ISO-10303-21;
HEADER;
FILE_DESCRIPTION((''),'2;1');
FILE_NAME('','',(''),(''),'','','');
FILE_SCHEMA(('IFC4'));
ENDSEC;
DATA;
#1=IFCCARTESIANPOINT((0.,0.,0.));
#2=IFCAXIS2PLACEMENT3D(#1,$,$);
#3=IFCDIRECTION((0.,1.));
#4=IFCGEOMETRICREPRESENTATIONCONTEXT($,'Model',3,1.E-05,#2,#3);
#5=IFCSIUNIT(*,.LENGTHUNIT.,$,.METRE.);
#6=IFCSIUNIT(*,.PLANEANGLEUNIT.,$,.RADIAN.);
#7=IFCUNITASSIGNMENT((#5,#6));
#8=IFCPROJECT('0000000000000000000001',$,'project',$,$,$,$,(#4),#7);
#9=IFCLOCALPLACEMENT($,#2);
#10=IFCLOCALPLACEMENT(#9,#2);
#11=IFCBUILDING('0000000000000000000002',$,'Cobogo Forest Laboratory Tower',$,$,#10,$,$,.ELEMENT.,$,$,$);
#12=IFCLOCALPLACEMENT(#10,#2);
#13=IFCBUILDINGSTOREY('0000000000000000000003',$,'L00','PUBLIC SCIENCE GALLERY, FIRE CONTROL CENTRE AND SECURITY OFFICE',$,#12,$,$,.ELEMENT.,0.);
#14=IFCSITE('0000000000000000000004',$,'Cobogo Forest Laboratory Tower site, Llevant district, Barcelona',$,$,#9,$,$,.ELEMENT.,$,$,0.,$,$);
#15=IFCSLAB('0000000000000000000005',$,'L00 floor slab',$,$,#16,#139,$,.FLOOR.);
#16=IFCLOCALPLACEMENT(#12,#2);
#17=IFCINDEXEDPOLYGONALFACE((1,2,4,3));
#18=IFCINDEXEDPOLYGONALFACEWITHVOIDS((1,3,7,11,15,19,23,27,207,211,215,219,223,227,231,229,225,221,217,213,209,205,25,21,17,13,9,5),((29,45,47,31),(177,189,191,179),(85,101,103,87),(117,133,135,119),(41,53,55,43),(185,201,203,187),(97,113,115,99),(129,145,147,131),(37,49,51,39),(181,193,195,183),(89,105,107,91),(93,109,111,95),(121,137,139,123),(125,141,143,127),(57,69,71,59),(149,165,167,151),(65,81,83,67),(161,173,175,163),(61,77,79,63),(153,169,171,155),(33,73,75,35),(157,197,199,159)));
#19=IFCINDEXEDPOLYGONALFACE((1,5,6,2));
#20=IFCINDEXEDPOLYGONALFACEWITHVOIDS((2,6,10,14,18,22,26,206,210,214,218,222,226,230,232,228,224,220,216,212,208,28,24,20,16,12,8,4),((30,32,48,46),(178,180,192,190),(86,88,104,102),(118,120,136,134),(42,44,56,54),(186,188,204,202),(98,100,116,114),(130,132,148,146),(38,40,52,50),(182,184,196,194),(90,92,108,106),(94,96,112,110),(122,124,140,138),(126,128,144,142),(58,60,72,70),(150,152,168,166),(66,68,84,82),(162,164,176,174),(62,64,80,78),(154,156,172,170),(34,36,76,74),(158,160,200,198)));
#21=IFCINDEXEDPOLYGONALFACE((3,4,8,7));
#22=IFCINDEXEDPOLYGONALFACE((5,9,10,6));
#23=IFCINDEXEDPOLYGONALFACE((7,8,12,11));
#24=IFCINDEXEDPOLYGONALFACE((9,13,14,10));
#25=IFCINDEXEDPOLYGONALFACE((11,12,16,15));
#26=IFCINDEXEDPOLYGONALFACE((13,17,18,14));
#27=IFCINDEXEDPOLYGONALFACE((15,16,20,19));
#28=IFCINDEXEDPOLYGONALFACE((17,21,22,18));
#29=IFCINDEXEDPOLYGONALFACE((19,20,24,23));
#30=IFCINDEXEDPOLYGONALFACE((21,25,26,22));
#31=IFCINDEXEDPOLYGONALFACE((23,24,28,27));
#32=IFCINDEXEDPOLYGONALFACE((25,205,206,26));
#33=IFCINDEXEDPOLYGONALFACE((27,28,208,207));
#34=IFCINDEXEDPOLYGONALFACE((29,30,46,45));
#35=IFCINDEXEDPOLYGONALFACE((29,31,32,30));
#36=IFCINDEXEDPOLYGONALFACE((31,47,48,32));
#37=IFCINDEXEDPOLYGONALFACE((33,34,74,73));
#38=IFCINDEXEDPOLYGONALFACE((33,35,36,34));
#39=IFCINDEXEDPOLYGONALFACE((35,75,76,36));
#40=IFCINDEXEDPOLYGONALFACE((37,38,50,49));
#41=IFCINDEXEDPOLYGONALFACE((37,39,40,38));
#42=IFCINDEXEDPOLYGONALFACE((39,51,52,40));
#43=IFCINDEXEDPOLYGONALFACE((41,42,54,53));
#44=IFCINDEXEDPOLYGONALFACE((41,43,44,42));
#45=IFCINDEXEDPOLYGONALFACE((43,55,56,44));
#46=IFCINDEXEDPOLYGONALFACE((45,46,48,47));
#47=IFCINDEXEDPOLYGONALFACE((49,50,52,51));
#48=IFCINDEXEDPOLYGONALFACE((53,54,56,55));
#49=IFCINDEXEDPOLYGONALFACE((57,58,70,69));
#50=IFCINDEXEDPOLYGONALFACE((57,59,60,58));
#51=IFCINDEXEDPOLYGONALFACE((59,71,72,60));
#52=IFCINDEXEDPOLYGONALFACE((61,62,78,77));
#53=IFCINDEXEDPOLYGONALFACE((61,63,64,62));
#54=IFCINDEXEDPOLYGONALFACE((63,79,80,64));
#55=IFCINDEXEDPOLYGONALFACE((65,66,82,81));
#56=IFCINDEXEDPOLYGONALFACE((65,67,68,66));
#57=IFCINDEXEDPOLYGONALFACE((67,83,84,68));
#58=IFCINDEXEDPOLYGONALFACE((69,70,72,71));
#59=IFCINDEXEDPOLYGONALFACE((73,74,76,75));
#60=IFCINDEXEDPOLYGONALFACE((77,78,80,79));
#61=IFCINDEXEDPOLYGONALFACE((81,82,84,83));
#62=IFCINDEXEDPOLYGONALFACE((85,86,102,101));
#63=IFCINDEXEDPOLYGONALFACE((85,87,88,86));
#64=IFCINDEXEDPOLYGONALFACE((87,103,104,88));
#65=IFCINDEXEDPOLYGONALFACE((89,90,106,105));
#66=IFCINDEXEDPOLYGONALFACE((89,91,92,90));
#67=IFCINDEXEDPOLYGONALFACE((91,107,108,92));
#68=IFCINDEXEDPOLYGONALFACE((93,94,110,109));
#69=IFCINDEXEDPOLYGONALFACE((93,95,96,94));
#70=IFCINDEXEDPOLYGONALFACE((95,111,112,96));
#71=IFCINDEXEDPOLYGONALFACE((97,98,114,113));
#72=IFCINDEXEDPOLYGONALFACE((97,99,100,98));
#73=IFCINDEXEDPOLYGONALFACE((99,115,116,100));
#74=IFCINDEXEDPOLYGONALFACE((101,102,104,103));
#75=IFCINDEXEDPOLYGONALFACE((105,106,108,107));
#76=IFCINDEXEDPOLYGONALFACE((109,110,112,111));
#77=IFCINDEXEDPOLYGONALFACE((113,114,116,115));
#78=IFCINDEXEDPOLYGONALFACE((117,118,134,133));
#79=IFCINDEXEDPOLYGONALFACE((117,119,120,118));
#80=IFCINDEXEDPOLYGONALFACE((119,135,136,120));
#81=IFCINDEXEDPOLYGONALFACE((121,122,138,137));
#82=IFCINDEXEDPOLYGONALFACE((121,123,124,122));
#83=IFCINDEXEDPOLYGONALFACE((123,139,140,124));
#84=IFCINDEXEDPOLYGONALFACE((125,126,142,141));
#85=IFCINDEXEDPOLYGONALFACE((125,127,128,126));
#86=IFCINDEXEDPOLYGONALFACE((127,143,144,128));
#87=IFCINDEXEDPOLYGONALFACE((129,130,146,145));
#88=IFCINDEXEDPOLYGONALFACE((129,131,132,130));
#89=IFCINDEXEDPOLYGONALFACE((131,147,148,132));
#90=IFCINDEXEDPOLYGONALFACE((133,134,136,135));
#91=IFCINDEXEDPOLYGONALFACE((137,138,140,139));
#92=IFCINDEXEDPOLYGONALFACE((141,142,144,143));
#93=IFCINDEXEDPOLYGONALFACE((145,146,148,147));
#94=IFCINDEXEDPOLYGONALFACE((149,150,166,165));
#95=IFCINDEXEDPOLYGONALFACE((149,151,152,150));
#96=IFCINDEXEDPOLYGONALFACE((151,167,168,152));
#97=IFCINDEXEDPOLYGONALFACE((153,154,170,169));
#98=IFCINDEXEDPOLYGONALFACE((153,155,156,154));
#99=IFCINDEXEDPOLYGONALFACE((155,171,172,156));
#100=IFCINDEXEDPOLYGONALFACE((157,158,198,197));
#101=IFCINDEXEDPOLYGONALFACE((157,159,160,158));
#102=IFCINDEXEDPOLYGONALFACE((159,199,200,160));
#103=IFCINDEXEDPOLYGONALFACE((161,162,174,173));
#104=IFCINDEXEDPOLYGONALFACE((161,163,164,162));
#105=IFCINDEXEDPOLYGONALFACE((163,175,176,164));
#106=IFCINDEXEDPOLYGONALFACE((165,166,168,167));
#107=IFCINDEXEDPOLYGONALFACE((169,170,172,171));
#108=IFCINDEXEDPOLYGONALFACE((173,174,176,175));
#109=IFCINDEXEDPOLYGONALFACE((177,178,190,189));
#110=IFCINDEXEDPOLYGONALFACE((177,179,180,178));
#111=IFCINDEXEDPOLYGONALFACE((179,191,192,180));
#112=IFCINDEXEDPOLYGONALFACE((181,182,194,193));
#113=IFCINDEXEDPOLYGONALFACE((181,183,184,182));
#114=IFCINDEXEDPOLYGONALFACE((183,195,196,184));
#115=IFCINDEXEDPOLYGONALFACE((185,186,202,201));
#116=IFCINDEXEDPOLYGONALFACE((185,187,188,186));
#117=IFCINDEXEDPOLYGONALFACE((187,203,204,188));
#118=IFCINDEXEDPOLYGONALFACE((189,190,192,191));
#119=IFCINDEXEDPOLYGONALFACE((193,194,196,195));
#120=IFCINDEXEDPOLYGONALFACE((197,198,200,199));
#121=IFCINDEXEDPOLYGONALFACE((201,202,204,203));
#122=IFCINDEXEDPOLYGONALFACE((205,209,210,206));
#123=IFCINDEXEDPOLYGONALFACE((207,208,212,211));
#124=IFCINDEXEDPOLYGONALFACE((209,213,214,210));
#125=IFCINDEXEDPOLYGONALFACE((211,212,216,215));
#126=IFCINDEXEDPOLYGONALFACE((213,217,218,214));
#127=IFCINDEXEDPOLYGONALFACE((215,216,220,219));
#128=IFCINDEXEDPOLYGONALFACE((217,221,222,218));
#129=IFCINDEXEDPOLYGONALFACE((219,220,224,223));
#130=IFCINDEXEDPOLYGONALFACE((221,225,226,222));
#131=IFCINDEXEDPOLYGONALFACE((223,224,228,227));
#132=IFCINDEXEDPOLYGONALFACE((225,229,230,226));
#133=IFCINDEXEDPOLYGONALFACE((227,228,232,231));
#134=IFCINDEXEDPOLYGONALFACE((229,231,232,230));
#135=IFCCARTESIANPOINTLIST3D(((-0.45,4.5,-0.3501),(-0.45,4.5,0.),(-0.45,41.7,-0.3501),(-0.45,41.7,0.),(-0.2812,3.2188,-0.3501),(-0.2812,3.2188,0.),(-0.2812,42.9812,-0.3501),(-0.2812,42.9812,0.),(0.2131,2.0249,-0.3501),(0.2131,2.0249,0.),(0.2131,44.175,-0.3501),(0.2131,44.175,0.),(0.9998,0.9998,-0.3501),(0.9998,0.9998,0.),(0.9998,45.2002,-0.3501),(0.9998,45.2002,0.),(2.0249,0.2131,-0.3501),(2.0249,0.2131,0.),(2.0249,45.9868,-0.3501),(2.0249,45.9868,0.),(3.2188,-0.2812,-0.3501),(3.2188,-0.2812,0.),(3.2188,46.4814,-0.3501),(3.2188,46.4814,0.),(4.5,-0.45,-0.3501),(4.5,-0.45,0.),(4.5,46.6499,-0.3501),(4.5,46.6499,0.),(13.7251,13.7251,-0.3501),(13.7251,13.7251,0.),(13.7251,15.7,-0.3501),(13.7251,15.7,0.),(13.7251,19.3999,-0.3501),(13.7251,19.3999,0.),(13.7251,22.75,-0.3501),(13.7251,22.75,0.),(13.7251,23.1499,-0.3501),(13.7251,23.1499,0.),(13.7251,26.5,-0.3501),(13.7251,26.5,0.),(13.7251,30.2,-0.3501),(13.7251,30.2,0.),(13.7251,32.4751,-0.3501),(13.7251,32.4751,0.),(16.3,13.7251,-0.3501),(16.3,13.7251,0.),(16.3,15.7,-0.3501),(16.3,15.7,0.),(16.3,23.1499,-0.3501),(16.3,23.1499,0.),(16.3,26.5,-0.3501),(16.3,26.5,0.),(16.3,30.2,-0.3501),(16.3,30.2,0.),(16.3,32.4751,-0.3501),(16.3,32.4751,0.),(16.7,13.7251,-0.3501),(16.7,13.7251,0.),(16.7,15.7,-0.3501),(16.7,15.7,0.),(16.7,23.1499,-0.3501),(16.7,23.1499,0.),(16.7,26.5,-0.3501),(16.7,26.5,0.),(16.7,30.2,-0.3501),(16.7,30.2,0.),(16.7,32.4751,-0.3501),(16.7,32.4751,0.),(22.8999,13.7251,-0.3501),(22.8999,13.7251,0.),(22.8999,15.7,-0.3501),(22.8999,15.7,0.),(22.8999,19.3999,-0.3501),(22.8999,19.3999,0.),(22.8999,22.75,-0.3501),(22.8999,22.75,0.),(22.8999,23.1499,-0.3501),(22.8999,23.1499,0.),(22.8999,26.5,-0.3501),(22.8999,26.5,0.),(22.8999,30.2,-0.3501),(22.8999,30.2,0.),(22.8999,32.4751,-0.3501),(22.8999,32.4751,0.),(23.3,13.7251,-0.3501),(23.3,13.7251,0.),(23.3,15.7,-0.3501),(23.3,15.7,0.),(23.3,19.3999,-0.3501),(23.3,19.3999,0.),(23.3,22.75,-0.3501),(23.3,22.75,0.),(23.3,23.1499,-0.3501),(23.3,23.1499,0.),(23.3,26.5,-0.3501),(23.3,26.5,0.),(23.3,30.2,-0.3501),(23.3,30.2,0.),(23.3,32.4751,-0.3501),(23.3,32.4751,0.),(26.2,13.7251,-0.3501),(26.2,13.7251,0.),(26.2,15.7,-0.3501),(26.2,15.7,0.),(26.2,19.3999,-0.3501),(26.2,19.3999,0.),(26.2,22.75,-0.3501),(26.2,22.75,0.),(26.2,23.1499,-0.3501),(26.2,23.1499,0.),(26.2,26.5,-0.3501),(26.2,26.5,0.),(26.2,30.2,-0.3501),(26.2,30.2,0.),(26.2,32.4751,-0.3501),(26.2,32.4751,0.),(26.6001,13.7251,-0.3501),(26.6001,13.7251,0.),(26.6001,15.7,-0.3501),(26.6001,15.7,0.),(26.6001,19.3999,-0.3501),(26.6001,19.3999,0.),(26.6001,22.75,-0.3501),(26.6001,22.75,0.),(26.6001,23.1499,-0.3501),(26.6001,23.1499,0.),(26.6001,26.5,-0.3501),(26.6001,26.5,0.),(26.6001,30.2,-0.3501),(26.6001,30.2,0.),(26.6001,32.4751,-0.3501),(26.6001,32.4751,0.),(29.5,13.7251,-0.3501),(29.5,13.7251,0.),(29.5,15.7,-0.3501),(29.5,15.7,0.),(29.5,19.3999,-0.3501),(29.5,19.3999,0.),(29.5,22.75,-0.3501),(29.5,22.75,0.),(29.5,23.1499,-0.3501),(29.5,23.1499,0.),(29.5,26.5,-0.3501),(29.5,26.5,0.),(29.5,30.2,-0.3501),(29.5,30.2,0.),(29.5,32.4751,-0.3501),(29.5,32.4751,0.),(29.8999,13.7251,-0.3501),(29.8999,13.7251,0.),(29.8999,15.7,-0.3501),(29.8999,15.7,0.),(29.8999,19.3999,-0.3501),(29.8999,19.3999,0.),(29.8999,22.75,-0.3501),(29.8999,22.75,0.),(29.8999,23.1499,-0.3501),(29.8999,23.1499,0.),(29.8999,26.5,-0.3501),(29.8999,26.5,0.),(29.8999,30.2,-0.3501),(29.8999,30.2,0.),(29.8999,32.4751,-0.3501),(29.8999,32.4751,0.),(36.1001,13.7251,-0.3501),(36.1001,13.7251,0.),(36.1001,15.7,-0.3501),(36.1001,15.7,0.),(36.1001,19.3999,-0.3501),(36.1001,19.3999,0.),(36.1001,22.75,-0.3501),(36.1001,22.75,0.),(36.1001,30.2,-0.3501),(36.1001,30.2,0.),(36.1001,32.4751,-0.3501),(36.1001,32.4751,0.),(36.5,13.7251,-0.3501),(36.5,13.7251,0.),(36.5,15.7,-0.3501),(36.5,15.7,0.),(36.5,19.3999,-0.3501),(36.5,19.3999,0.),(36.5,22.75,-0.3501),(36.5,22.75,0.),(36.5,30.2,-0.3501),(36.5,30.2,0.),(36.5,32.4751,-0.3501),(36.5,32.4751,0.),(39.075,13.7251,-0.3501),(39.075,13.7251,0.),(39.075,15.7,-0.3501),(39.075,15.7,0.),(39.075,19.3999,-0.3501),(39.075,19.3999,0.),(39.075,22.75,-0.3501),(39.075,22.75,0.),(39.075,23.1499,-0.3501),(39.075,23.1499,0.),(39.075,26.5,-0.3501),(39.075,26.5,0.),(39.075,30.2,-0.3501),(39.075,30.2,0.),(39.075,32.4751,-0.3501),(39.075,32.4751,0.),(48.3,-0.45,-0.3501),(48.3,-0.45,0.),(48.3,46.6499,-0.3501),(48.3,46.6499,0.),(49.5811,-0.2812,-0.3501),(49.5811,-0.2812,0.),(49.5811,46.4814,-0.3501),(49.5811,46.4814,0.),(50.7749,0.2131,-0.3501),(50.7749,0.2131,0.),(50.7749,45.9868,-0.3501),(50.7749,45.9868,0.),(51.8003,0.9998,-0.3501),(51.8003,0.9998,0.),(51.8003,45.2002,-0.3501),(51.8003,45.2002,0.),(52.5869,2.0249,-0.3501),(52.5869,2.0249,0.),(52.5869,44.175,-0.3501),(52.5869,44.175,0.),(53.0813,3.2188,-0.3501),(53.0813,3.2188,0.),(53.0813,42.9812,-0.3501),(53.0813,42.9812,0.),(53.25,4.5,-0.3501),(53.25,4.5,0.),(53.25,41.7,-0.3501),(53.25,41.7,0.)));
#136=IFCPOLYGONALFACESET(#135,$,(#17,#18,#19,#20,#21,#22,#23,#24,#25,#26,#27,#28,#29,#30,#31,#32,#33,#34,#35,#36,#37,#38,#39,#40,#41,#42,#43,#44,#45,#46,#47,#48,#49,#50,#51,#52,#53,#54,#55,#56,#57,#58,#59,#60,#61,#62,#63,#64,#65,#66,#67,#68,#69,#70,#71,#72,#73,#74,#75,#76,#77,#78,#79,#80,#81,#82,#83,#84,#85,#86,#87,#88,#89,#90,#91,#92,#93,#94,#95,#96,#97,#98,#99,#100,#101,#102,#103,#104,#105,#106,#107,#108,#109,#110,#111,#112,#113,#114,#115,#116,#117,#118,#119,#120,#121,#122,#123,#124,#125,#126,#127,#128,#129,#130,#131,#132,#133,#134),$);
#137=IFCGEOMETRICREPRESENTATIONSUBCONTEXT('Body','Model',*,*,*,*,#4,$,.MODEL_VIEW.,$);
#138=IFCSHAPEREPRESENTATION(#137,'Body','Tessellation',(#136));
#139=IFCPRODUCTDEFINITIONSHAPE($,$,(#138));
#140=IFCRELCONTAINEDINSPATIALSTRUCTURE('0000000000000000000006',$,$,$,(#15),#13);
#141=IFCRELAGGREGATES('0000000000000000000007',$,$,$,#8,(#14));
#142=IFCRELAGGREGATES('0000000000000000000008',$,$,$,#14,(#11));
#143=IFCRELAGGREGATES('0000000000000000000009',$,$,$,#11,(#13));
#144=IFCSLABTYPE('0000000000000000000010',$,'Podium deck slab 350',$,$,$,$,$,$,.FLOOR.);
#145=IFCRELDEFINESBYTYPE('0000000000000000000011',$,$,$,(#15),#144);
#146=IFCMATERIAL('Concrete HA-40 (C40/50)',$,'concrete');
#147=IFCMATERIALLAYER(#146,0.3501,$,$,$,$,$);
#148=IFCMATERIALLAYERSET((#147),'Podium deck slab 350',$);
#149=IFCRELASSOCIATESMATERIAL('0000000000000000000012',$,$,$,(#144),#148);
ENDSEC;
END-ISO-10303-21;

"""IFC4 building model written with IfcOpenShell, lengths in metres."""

from ifc_helpers import new_model, si_unit, direction, frame, origin, place, context, subcontext, project, spatial, polyline, outline, extrude, material, layer, layer_set, type_object, element, save


model = new_model("IFC4")

# Units and contexts
model_context = context("Model", 3, precision=1e-05, world=origin(), true_north=direction((0.0, 1.0)))
body_context = subcontext(model_context, "Body", "Model", "MODEL_VIEW")
ifc_project = project(units=[si_unit("LENGTHUNIT", "METRE"), si_unit("PLANEANGLEUNIT", "RADIAN")], contexts=[model_context])

# Site, building, storey
site_placement = place(None, origin())
site = spatial("IfcSite", under=ifc_project, at=site_placement, Name="Cobogo Forest Laboratory Tower site, Llevant district, Barcelona", CompositionType="ELEMENT", RefElevation=0.0)
building_placement = place(site_placement, origin())
building = spatial("IfcBuilding", under=site, at=building_placement, Name="Cobogo Forest Laboratory Tower", CompositionType="ELEMENT")
storey_placement = place(building_placement, origin())
storey = spatial("IfcBuildingStorey", under=building, at=storey_placement, Name="L00", Description="PUBLIC SCIENCE GALLERY, FIRE CONTROL CENTRE AND SECURITY OFFICE", CompositionType="ELEMENT", Elevation=0.0)

# Shared definitions
ifc_material_1 = material(Name="Concrete HA-40 (C40/50)", Category="concrete")

# Slab
ifc_layer_1 = layer(ifc_material_1, 0.3501)
ifc_layer_set_1 = layer_set([ifc_layer_1], Name="Podium deck slab 350")
slab_type_1 = type_object("IfcSlabType", Name="Podium deck slab 350", PredefinedType="FLOOR", material=ifc_layer_set_1)
slab_1_placement = place(storey_placement, frame((0.0, 0.0, -0.3501)))
element("IfcSlab", 1, at=slab_1_placement, inside=storey, type_object=slab_type_1, Name="L00 floor slab", PredefinedType="FLOOR", context=body_context, shape_type="SweptSolid", body=[
    extrude(outline(polyline([(48.3, -0.45), (49.5811, -0.2812), (50.7749, 0.2131), (51.8003, 0.9998), (52.5869, 2.0249), (53.0813, 3.2188), (53.25, 4.5), (53.25, 41.7), (53.0813, 42.9812), (52.5869, 44.175), (51.8003, 45.2002), (50.7749, 45.9868), (49.5811, 46.4814), (48.3, 46.6499), (4.5, 46.6499), (3.2188, 46.4814), (2.0249, 45.9868), (0.9998, 45.2002), (0.2131, 44.175), (-0.2812, 42.9812), (-0.45, 41.7), (-0.45, 4.5), (-0.2812, 3.2188), (0.2131, 2.0249), (0.9998, 0.9998), (2.0249, 0.2131), (3.2188, -0.2812), (4.5, -0.45), (48.3, -0.45)]), holes=[polyline([(16.3, 13.7251), (13.7251, 13.7251), (13.7251, 15.7), (16.3, 15.7), (16.3, 13.7251)]), polyline([(22.8999, 15.7), (22.8999, 13.7251), (16.7, 13.7251), (16.7, 15.7), (22.8999, 15.7)]), polyline([(23.3, 13.7251), (23.3, 15.7), (26.2, 15.7), (26.2, 13.7251), (23.3, 13.7251)]), polyline([(29.5, 13.7251), (26.6001, 13.7251), (26.6001, 15.7), (29.5, 15.7), (29.5, 13.7251)]), polyline([(36.1001, 15.7), (36.1001, 13.7251), (29.8999, 13.7251), (29.8999, 15.7), (36.1001, 15.7)]), polyline([(36.5, 13.7251), (36.5, 15.7), (39.075, 15.7), (39.075, 13.7251), (36.5, 13.7251)]), polyline([(13.7251, 19.3999), (13.7251, 22.75), (22.8999, 22.75), (22.8999, 19.3999), (13.7251, 19.3999)]), polyline([(23.3, 19.3999), (23.3, 22.75), (26.2, 22.75), (26.2, 19.3999), (23.3, 19.3999)]), polyline([(26.6001, 19.3999), (26.6001, 22.75), (29.5, 22.75), (29.5, 19.3999), (26.6001, 19.3999)]), polyline([(36.1001, 22.75), (36.1001, 19.3999), (29.8999, 19.3999), (29.8999, 22.75), (36.1001, 22.75)]), polyline([(39.075, 19.3999), (36.5, 19.3999), (36.5, 22.75), (39.075, 22.75), (39.075, 19.3999)]), polyline([(13.7251, 23.1499), (13.7251, 26.5), (16.3, 26.5), (16.3, 23.1499), (13.7251, 23.1499)]), polyline([(22.8999, 26.5), (22.8999, 23.1499), (16.7, 23.1499), (16.7, 26.5), (22.8999, 26.5)]), polyline([(23.3, 23.1499), (23.3, 26.5), (26.2, 26.5), (26.2, 23.1499), (23.3, 23.1499)]), polyline([(26.6001, 23.1499), (26.6001, 26.5), (29.5, 26.5), (29.5, 23.1499), (26.6001, 23.1499)]), polyline([(29.8999, 23.1499), (29.8999, 26.5), (39.075, 26.5), (39.075, 23.1499), (29.8999, 23.1499)]), polyline([(13.7251, 30.2), (13.7251, 32.4751), (16.3, 32.4751), (16.3, 30.2), (13.7251, 30.2)]), polyline([(22.8999, 32.4751), (22.8999, 30.2), (16.7, 30.2), (16.7, 32.4751), (22.8999, 32.4751)]), polyline([(23.3, 30.2), (23.3, 32.4751), (26.2, 32.4751), (26.2, 30.2), (23.3, 30.2)]), polyline([(26.6001, 30.2), (26.6001, 32.4751), (29.5, 32.4751), (29.5, 30.2), (26.6001, 30.2)]), polyline([(36.1001, 32.4751), (36.1001, 30.2), (29.8999, 30.2), (29.8999, 32.4751), (36.1001, 32.4751)]), polyline([(36.5, 30.2), (36.5, 32.4751), (39.075, 32.4751), (39.075, 30.2), (36.5, 30.2)])]), origin(), (0.0, 0.0, 1.0), 0.3501),
])

save(model, "model.ifc")
